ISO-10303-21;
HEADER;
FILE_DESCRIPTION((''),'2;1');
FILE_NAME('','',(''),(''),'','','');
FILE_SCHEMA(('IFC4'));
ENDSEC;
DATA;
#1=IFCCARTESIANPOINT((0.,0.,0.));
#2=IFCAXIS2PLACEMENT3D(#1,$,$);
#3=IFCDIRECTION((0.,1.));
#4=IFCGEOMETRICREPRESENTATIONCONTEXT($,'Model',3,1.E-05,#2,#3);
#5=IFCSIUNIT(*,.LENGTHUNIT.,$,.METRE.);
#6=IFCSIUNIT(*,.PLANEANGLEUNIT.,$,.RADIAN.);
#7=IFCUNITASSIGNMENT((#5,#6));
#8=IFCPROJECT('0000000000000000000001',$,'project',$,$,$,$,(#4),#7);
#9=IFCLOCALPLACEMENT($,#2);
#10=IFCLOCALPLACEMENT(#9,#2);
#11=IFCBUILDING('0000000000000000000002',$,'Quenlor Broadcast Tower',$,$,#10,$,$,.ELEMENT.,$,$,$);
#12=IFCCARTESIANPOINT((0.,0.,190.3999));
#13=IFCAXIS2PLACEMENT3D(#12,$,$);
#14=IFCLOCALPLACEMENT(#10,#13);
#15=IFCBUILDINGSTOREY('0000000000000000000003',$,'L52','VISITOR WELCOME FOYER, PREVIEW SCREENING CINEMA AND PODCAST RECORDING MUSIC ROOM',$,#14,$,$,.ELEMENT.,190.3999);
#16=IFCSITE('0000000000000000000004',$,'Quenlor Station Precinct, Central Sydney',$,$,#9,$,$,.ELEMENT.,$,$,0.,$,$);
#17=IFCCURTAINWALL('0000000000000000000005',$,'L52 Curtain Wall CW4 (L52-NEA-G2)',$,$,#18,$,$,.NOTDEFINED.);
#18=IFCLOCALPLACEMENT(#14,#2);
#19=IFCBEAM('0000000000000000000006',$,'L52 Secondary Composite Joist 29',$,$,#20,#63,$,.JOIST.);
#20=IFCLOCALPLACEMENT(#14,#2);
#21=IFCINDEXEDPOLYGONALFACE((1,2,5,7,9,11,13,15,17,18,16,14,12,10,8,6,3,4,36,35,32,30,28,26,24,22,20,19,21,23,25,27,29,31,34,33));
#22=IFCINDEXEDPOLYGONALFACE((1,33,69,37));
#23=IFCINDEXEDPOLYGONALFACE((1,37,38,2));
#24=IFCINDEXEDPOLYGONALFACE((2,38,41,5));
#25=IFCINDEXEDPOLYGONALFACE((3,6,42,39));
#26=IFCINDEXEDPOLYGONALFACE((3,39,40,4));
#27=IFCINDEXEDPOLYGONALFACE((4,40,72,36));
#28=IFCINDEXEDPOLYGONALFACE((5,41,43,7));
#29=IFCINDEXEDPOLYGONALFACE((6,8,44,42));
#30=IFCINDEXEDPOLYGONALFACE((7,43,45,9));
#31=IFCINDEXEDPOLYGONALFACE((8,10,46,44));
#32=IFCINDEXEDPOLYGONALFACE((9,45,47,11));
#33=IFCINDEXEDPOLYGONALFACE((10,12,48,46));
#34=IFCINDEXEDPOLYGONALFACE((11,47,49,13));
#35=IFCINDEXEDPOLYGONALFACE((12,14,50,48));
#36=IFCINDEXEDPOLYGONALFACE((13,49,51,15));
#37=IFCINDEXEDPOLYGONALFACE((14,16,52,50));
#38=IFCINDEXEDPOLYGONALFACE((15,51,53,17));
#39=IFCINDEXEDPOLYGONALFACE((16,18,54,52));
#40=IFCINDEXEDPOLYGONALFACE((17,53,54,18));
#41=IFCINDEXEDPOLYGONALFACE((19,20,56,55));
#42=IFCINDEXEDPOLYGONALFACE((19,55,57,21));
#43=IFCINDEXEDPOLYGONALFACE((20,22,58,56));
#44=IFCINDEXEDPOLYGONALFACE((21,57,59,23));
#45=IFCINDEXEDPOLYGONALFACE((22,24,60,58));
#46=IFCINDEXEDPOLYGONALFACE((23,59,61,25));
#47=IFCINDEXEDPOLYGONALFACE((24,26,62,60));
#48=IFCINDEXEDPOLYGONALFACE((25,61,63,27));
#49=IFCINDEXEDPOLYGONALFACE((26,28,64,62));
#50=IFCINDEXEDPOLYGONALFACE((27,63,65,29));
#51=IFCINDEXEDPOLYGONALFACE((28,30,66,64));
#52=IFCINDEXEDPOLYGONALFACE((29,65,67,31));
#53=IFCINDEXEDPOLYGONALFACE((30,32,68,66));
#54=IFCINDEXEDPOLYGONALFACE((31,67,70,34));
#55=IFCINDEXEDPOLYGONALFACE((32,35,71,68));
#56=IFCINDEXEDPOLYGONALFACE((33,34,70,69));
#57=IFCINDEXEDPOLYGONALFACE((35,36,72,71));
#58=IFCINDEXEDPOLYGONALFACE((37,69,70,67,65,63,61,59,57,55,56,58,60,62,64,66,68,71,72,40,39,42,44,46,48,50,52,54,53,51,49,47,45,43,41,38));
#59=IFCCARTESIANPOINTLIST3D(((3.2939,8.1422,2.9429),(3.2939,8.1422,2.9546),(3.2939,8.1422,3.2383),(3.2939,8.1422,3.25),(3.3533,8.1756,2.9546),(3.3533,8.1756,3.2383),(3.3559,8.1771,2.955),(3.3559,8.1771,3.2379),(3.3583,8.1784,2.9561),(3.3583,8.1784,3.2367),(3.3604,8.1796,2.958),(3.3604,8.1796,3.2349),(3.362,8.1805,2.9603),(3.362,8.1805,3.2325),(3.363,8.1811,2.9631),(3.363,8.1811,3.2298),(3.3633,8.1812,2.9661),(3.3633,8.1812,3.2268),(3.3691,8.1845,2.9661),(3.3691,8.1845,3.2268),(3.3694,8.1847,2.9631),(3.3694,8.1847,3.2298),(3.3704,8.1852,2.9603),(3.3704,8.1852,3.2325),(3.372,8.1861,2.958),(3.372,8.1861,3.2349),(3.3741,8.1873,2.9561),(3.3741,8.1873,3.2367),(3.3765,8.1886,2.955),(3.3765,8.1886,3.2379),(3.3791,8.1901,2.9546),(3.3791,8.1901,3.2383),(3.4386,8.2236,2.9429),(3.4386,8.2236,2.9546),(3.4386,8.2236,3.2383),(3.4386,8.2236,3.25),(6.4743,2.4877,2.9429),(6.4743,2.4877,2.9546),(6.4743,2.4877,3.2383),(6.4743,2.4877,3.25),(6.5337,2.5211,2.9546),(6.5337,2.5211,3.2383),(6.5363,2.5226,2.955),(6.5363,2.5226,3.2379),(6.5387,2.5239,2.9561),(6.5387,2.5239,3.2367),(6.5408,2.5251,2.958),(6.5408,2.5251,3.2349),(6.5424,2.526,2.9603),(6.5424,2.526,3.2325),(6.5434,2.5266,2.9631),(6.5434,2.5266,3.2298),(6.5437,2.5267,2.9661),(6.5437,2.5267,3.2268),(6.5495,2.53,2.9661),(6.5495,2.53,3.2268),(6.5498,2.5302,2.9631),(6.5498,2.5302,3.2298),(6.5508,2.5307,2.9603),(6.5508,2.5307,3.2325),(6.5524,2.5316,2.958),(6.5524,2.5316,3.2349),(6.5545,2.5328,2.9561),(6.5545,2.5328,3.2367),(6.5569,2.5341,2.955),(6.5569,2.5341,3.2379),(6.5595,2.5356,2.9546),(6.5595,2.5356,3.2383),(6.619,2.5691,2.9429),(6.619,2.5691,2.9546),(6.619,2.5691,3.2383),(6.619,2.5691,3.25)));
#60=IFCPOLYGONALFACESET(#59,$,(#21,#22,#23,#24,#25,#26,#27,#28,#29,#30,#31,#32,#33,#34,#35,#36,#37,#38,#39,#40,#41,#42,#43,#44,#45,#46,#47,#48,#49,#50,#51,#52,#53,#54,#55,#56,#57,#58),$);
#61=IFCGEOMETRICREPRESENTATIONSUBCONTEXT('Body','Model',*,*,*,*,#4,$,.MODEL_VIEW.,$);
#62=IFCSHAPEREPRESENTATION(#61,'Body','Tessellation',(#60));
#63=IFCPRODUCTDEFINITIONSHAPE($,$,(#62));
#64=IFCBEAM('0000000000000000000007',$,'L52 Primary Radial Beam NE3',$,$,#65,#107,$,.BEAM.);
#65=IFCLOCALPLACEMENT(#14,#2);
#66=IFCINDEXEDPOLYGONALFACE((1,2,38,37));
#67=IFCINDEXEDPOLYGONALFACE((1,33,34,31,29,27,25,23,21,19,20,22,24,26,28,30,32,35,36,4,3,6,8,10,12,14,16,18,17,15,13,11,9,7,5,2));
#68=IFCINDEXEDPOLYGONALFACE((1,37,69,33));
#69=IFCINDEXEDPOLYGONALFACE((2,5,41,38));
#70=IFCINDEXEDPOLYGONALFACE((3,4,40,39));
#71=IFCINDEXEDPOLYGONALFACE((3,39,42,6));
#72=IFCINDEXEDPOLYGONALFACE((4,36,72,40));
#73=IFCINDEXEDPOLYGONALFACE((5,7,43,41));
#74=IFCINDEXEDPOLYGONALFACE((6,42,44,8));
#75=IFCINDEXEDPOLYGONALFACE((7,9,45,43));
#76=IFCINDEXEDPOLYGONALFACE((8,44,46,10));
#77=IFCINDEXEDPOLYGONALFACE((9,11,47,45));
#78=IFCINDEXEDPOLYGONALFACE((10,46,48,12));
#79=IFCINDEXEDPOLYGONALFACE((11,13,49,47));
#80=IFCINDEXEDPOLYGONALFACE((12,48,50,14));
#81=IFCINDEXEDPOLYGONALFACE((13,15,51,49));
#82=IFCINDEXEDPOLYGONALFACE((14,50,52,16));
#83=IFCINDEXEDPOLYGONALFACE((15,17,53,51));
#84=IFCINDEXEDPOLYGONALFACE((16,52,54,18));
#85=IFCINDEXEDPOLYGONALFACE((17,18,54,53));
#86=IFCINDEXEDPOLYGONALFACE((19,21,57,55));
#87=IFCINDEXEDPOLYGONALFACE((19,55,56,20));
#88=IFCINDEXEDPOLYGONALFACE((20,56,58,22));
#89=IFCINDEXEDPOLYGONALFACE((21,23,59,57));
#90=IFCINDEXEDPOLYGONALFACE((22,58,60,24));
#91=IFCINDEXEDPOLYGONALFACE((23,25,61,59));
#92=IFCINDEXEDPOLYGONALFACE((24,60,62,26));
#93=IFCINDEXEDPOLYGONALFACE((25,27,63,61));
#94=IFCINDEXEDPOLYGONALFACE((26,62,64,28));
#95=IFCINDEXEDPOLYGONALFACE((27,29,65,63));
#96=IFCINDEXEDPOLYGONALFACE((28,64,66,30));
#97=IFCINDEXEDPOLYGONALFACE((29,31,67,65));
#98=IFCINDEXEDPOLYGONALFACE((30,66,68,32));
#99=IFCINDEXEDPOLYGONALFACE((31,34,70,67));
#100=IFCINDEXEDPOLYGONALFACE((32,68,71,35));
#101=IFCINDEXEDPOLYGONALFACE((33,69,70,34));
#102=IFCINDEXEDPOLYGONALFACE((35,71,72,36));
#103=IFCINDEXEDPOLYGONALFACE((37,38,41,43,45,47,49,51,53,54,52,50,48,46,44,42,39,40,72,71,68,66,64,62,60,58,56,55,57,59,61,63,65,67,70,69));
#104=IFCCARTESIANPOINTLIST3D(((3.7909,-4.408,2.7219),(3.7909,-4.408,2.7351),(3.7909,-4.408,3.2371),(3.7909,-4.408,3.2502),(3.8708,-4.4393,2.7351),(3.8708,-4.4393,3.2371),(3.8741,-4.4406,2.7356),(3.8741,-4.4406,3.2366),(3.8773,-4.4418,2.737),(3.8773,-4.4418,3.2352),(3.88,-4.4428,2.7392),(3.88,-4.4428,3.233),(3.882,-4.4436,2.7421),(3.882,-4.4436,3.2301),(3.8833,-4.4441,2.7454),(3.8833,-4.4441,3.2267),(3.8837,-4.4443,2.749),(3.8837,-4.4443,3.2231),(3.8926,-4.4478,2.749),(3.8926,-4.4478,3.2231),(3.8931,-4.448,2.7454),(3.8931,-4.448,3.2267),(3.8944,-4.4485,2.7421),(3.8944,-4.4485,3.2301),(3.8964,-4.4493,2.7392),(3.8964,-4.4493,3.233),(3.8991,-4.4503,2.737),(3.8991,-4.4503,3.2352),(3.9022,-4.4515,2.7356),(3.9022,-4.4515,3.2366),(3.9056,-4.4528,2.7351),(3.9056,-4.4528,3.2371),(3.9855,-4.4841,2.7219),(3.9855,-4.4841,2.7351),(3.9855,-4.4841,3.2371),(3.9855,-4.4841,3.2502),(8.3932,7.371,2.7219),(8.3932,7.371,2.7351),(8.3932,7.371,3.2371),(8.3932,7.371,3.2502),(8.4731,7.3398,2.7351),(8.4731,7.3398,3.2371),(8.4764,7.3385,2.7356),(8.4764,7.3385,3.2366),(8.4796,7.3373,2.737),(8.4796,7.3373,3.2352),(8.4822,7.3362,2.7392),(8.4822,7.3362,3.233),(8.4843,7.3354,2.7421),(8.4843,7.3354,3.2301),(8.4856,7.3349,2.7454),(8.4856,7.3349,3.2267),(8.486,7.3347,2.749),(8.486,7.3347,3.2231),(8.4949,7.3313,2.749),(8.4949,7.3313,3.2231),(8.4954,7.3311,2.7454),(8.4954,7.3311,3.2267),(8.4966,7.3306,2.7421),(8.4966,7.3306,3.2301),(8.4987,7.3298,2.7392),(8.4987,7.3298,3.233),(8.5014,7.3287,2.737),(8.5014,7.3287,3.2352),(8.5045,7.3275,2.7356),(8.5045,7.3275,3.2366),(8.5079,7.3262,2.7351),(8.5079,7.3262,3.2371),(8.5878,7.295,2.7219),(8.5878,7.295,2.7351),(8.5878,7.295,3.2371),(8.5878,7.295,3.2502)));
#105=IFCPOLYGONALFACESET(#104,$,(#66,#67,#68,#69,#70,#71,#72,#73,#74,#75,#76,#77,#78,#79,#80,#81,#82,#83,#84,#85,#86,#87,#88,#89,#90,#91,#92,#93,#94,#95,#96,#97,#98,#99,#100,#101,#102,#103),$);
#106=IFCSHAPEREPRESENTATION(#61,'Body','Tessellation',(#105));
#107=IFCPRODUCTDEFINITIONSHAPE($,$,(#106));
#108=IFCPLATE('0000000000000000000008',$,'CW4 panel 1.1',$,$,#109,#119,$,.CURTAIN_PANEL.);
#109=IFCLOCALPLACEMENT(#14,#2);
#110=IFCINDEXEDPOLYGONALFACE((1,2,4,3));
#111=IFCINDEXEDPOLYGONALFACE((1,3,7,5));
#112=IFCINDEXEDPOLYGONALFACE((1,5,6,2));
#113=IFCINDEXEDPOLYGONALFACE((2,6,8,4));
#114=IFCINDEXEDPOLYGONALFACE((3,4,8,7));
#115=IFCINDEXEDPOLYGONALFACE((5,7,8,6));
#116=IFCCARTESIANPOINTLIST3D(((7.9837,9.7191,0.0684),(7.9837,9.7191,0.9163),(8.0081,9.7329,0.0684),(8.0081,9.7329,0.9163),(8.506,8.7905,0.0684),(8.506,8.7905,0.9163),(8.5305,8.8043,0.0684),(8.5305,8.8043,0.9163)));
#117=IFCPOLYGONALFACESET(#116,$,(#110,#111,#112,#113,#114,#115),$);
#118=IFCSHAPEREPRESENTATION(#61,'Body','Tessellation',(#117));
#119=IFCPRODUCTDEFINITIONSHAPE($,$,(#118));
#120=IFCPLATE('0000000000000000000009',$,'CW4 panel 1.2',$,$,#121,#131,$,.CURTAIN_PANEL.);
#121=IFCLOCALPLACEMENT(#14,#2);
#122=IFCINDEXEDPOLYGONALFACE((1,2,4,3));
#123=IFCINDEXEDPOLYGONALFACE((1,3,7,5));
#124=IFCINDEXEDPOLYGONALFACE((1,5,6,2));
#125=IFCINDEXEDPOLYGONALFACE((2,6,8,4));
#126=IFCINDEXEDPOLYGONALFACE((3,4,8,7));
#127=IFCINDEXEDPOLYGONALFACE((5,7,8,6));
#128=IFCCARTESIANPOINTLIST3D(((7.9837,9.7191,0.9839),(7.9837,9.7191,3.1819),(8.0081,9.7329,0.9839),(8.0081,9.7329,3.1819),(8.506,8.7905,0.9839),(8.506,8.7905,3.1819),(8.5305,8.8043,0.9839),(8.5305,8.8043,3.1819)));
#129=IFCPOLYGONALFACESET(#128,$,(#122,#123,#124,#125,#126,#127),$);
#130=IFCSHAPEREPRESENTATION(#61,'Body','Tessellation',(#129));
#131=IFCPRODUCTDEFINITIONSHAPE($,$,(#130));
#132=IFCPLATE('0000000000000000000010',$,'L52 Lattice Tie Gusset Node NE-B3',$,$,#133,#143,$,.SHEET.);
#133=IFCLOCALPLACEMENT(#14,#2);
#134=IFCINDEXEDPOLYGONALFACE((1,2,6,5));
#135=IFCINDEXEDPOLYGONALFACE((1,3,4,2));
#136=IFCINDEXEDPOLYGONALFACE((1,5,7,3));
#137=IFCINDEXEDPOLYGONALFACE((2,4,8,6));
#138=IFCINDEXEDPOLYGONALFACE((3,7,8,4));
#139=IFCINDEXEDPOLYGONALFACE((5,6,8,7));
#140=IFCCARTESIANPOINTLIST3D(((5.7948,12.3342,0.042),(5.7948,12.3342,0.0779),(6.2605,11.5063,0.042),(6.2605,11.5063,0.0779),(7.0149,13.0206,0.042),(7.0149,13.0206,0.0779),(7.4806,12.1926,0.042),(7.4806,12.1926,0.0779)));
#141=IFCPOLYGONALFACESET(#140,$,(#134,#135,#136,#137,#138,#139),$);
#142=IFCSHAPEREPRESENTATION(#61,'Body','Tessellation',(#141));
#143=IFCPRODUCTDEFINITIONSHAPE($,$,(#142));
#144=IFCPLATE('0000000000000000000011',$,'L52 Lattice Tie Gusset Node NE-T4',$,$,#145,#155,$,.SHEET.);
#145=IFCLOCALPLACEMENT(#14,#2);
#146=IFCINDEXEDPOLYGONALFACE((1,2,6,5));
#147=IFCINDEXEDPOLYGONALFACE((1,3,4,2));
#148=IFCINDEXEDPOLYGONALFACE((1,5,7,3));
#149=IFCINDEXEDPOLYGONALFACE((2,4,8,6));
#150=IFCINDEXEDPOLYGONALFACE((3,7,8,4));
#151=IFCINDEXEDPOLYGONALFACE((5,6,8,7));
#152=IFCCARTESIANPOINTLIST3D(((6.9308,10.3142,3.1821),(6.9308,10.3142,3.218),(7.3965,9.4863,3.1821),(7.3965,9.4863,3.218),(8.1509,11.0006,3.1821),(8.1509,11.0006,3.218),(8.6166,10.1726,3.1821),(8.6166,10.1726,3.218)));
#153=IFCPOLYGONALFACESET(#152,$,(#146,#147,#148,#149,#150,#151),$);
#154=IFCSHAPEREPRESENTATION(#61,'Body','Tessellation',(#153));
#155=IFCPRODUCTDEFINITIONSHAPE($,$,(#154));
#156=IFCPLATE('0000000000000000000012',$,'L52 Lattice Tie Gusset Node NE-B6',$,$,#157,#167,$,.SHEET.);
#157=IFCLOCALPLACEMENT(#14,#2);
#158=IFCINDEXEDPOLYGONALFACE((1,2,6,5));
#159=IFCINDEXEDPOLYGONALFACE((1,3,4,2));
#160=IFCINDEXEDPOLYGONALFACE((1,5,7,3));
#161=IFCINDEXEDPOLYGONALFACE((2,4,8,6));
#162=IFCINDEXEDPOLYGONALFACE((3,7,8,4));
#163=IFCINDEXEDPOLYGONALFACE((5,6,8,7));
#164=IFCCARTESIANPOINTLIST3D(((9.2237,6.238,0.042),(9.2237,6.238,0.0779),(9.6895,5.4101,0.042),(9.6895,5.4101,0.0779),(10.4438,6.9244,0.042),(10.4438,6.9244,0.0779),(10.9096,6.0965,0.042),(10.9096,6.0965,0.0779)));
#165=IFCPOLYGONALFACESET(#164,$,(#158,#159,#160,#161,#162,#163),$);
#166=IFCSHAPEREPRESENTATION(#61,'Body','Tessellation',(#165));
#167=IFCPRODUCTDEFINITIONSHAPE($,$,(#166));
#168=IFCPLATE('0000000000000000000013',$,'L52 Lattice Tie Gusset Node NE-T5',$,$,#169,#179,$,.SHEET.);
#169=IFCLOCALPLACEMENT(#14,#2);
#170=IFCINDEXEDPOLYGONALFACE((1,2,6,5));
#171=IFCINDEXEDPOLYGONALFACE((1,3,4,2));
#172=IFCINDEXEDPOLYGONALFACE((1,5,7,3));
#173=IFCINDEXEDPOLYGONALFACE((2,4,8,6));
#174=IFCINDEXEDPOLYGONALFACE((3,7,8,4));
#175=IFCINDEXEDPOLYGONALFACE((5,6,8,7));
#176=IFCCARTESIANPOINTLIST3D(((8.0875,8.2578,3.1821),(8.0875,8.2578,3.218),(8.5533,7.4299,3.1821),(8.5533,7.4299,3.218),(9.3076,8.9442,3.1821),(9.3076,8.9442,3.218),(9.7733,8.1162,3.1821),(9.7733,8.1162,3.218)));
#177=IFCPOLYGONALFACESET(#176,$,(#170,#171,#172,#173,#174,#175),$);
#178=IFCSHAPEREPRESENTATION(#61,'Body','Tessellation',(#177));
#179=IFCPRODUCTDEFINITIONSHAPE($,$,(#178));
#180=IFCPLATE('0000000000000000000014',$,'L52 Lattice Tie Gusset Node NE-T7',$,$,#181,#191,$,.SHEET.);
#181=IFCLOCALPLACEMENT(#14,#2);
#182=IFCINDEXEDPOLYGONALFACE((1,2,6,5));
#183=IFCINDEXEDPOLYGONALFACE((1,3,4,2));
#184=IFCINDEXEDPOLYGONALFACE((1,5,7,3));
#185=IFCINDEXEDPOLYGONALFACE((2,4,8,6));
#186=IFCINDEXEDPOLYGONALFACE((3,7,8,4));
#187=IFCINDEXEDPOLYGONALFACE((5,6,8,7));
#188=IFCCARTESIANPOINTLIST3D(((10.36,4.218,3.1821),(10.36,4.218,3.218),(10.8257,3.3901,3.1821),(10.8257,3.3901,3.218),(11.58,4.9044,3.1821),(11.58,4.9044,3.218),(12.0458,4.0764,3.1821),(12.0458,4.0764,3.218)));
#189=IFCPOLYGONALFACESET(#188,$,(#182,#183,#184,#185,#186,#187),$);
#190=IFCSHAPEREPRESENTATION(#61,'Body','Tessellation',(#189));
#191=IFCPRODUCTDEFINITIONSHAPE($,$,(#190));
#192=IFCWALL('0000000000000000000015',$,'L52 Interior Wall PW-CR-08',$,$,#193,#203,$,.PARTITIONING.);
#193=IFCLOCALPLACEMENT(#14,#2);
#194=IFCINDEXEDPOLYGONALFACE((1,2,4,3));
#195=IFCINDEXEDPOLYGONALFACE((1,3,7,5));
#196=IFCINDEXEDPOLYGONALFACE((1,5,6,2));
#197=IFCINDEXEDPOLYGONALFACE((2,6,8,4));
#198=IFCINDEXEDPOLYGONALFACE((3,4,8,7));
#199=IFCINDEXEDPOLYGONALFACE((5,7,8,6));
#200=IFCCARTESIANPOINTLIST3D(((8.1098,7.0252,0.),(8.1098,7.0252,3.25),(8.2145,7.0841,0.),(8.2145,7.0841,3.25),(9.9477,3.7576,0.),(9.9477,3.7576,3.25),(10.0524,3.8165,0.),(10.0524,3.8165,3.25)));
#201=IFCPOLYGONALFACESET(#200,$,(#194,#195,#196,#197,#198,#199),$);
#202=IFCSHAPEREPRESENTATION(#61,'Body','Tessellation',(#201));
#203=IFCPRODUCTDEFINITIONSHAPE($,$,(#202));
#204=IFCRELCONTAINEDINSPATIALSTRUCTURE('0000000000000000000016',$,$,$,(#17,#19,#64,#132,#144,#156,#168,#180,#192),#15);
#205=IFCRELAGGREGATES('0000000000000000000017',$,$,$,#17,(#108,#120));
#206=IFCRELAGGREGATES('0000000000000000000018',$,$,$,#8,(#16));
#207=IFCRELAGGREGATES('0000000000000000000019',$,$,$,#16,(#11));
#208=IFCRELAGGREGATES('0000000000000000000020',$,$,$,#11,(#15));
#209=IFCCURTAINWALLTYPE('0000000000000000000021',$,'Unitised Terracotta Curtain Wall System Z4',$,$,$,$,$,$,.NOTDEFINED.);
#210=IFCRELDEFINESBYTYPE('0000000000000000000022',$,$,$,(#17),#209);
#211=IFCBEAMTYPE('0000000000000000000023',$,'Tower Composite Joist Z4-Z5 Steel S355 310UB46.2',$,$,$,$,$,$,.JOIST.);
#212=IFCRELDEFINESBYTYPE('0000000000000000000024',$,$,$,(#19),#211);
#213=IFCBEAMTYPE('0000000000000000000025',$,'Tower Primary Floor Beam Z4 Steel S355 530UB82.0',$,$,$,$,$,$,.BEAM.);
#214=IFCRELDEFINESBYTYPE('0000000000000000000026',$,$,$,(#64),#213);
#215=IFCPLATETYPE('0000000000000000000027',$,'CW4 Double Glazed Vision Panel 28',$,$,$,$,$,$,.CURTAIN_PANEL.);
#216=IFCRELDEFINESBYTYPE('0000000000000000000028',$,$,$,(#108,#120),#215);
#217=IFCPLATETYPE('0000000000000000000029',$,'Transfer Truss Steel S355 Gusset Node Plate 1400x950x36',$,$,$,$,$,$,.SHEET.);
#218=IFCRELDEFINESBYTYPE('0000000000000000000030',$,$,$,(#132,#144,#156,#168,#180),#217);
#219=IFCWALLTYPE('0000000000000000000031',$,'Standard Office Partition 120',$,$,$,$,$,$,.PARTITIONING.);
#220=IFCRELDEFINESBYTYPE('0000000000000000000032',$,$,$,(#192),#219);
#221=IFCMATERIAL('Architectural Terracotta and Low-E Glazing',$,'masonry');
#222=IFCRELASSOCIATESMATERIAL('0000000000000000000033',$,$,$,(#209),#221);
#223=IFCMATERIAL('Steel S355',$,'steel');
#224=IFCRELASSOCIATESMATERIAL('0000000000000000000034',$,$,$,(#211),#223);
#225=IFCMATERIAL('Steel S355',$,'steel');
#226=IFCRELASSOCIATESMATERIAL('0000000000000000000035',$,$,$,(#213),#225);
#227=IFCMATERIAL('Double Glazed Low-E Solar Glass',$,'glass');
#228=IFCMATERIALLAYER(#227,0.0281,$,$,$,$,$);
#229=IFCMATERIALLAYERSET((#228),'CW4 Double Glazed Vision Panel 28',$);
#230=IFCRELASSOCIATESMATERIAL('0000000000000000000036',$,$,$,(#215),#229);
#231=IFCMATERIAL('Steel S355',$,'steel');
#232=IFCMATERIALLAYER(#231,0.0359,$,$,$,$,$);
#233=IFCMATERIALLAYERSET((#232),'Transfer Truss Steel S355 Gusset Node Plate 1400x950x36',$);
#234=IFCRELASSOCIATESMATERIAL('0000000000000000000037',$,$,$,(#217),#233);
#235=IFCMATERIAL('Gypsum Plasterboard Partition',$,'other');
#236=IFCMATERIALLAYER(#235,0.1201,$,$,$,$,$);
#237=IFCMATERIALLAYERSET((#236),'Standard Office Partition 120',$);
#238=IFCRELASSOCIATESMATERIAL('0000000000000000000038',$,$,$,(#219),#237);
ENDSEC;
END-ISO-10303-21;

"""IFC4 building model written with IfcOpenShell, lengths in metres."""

from ifc_helpers import new_model, si_unit, direction, frame, frame_2d, origin, origin_2d, place, context, subcontext, project, spatial, rectangle, i_section, extrude, material, layer, layer_set, material_profile, profile_set, type_object, element, aggregate, save


model = new_model("IFC4")

# Units and contexts
model_context = context("Model", 3, precision=1e-05, world=origin(), true_north=direction((0.0, 1.0)))
body_context = subcontext(model_context, "Body", "Model", "MODEL_VIEW")
ifc_project = project(units=[si_unit("LENGTHUNIT", "METRE"), si_unit("PLANEANGLEUNIT", "RADIAN")], contexts=[model_context])

# Site, building, storey
site_placement = place(None, origin())
site = spatial("IfcSite", under=ifc_project, at=site_placement, Name="Quenlor Station Precinct, Central Sydney", CompositionType="ELEMENT", RefElevation=0.0)
building_placement = place(site_placement, origin())
building = spatial("IfcBuilding", under=site, at=building_placement, Name="Quenlor Broadcast Tower", CompositionType="ELEMENT")
storey_placement = place(building_placement, frame((0.0, 0.0, 190.3999)))
storey = spatial("IfcBuildingStorey", under=building, at=storey_placement, Name="L52", Description="VISITOR WELCOME FOYER, PREVIEW SCREENING CINEMA AND PODCAST RECORDING MUSIC ROOM", CompositionType="ELEMENT", Elevation=190.3999)

# Curtain wall
ifc_material_1 = material(Name="Architectural Terracotta and Low-E Glazing", Category="masonry")
curtain_wall_type = type_object("IfcCurtainWallType", Name="Unitised Terracotta Curtain Wall System Z4", PredefinedType="NOTDEFINED", material=ifc_material_1)
curtain_wall_1_placement = place(storey_placement, origin())
curtain_wall_1 = element("IfcCurtainWall", 1, at=curtain_wall_1_placement, inside=storey, type_object=curtain_wall_type, Name="L52 Curtain Wall CW4 (L52-NEA-G2)", PredefinedType="NOTDEFINED")

# Beams
ifc_material_2 = material(Name="Steel S355", Category="steel")
ifc_material_profile_1 = material_profile(ifc_material_2, i_section(OverallWidth=0.166, OverallDepth=0.3071, WebThickness=0.0066, FlangeThickness=0.0117, FilletRadius=0.0115, at=origin_2d()))
ifc_profile_set_1 = profile_set([ifc_material_profile_1], Name="Steel S355 310UB46.2")
beam_type_1 = type_object("IfcBeamType", Name="Tower Composite Joist Z4-Z5 Steel S355 310UB46.2", PredefinedType="JOIST", material=ifc_profile_set_1)
beam_1_placement = place(storey_placement, frame((3.3662, 8.1829, 3.0964), z_axis=(0.490231, -0.871593, 0.0), x_axis=(0.871593, 0.490231, 0.0)))
element("IfcBeam", 2, at=beam_1_placement, inside=storey, type_object=beam_type_1, Name="L52 Secondary Composite Joist 29", PredefinedType="JOIST", context=body_context, shape_type="SweptSolid", body=[
    extrude(i_section(OverallWidth=0.166, OverallDepth=0.3071, WebThickness=0.0066, FlangeThickness=0.0117, FilletRadius=0.0115, at=origin_2d()), origin(), (0.0, 0.0, 1.0), 6.4875),
])
ifc_material_3 = material(Name="Steel S355", Category="steel")
ifc_material_profile_2 = material_profile(ifc_material_3, i_section(OverallWidth=0.209, OverallDepth=0.5283, WebThickness=0.0095, FlangeThickness=0.0132, FilletRadius=0.0139, at=origin_2d()))
ifc_profile_set_2 = profile_set([ifc_material_profile_2], Name="Steel S355 530UB82.0")
beam_type_2 = type_object("IfcBeamType", Name="Tower Primary Floor Beam Z4 Steel S355 530UB82.0", PredefinedType="BEAM", material=ifc_profile_set_2)
beam_2_placement = place(storey_placement, frame((8.4905, 7.333, 2.9861), z_axis=(-0.363926, -0.931428, 0.0), x_axis=(0.931428, -0.363926, 0.0)))
element("IfcBeam", 3, at=beam_2_placement, inside=storey, type_object=beam_type_2, Name="L52 Primary Radial Beam NE3", PredefinedType="BEAM", context=body_context, shape_type="SweptSolid", body=[
    extrude(i_section(OverallWidth=0.209, OverallDepth=0.5283, WebThickness=0.0095, FlangeThickness=0.0132, FilletRadius=0.0139, at=origin_2d()), origin(), (0.0, 0.0, 1.0), 12.6462),
])

# Plates
ifc_material_4 = material(Name="Double Glazed Low-E Solar Glass", Category="glass")
ifc_layer_1 = layer(ifc_material_4, 0.0281)
ifc_layer_set_1 = layer_set([ifc_layer_1], Name="CW4 Double Glazed Vision Panel 28")
plate_type_1 = type_object("IfcPlateType", Name="CW4 Double Glazed Vision Panel 28", PredefinedType="CURTAIN_PANEL", material=ifc_layer_set_1)
plate_1_placement = place(storey_placement, frame((8.2571, 9.2617, 0.0684), z_axis=(0.0, 0.0, 1.0), x_axis=(0.490293, -0.871558, 0.0)))
plate_1 = element("IfcPlate", 4, at=plate_1_placement, type_object=plate_type_1, Name="CW4 panel 1.1", PredefinedType="CURTAIN_PANEL", context=body_context, shape_type="SweptSolid", body=[
    extrude(rectangle(XDim=1.0654, YDim=0.0281, at=origin_2d()), origin(), (0.0, 0.0, 1.0), 0.8479),
])
plate_2_placement = place(storey_placement, frame((8.2571, 9.2617, 0.9839), z_axis=(0.0, 0.0, 1.0), x_axis=(0.490293, -0.871558, 0.0)))
plate_2 = element("IfcPlate", 5, at=plate_2_placement, type_object=plate_type_1, Name="CW4 panel 1.2", PredefinedType="CURTAIN_PANEL", context=body_context, shape_type="SweptSolid", body=[
    extrude(rectangle(XDim=1.0654, YDim=0.0281, at=origin_2d()), origin(), (0.0, 0.0, 1.0), 2.198),
])
aggregate(curtain_wall_1, [plate_1, plate_2])

# Plates
ifc_material_5 = material(Name="Steel S355", Category="steel")
ifc_layer_2 = layer(ifc_material_5, 0.0359)
ifc_layer_set_2 = layer_set([ifc_layer_2], Name="Transfer Truss Steel S355 Gusset Node Plate 1400x950x36")
plate_type_2 = type_object("IfcPlateType", Name="Transfer Truss Steel S355 Gusset Node Plate 1400x950x36", PredefinedType="SHEET", material=ifc_layer_set_2)
for number, where, z_axis, x_axis, name in (
    (6, (6.6377, 12.2634, 0.042), (0.0, 0.0, 1.0), (0.871556, 0.490295, 0.0), "L52 Lattice Tie Gusset Node NE-B3"),
    (7, (7.7737, 10.2434, 3.1821), (0.0, 0.0, 1.0), (0.871556, 0.490295, 0.0), "L52 Lattice Tie Gusset Node NE-T4"),
    (8, (10.0667, 6.1672, 0.042), (0.0, 0.0, 1.0), (0.871556, 0.490295, 0.0), "L52 Lattice Tie Gusset Node NE-B6"),
    (9, (8.9304, 8.187, 3.1821), (0.0, 0.0, 1.0), (0.871556, 0.490295, 0.0), "L52 Lattice Tie Gusset Node NE-T5"),
    (10, (11.2029, 4.1472, 3.1821), (0.0, 0.0, 1.0), (0.871556, 0.490295, 0.0), "L52 Lattice Tie Gusset Node NE-T7"),
):
    element("IfcPlate", number, at=place(storey_placement, frame(where, z_axis=z_axis, x_axis=x_axis)), inside=storey, type_object=plate_type_2, Name=name, PredefinedType="SHEET", context=body_context, shape_type="SweptSolid", body=[
        extrude(rectangle(XDim=1.3999, YDim=0.95, at=origin_2d()), origin(), (0.0, 0.0, 1.0), 0.0359),
    ])

# Wall
ifc_material_6 = material(Name="Gypsum Plasterboard Partition", Category="other")
ifc_layer_3 = layer(ifc_material_6, 0.1201)
ifc_layer_set_3 = layer_set([ifc_layer_3], Name="Standard Office Partition 120")
wall_type_1 = type_object("IfcWallType", Name="Standard Office Partition 120", PredefinedType="PARTITIONING", material=ifc_layer_set_3)
wall_1_placement = place(storey_placement, frame((8.1621, 7.0547, 0.0), z_axis=(0.0, 0.0, 1.0), x_axis=(0.490237, -0.871589, 0.0)))
element("IfcWall", 11, at=wall_1_placement, inside=storey, type_object=wall_type_1, Name="L52 Interior Wall PW-CR-08", PredefinedType="PARTITIONING", context=body_context, shape_type="SweptSolid", body=[
    extrude(rectangle(XDim=3.749, YDim=0.1201, at=frame_2d((1.8745, 0.0))), origin(), (0.0, 0.0, 1.0), 3.25),
])

save(model, "model.ifc")
